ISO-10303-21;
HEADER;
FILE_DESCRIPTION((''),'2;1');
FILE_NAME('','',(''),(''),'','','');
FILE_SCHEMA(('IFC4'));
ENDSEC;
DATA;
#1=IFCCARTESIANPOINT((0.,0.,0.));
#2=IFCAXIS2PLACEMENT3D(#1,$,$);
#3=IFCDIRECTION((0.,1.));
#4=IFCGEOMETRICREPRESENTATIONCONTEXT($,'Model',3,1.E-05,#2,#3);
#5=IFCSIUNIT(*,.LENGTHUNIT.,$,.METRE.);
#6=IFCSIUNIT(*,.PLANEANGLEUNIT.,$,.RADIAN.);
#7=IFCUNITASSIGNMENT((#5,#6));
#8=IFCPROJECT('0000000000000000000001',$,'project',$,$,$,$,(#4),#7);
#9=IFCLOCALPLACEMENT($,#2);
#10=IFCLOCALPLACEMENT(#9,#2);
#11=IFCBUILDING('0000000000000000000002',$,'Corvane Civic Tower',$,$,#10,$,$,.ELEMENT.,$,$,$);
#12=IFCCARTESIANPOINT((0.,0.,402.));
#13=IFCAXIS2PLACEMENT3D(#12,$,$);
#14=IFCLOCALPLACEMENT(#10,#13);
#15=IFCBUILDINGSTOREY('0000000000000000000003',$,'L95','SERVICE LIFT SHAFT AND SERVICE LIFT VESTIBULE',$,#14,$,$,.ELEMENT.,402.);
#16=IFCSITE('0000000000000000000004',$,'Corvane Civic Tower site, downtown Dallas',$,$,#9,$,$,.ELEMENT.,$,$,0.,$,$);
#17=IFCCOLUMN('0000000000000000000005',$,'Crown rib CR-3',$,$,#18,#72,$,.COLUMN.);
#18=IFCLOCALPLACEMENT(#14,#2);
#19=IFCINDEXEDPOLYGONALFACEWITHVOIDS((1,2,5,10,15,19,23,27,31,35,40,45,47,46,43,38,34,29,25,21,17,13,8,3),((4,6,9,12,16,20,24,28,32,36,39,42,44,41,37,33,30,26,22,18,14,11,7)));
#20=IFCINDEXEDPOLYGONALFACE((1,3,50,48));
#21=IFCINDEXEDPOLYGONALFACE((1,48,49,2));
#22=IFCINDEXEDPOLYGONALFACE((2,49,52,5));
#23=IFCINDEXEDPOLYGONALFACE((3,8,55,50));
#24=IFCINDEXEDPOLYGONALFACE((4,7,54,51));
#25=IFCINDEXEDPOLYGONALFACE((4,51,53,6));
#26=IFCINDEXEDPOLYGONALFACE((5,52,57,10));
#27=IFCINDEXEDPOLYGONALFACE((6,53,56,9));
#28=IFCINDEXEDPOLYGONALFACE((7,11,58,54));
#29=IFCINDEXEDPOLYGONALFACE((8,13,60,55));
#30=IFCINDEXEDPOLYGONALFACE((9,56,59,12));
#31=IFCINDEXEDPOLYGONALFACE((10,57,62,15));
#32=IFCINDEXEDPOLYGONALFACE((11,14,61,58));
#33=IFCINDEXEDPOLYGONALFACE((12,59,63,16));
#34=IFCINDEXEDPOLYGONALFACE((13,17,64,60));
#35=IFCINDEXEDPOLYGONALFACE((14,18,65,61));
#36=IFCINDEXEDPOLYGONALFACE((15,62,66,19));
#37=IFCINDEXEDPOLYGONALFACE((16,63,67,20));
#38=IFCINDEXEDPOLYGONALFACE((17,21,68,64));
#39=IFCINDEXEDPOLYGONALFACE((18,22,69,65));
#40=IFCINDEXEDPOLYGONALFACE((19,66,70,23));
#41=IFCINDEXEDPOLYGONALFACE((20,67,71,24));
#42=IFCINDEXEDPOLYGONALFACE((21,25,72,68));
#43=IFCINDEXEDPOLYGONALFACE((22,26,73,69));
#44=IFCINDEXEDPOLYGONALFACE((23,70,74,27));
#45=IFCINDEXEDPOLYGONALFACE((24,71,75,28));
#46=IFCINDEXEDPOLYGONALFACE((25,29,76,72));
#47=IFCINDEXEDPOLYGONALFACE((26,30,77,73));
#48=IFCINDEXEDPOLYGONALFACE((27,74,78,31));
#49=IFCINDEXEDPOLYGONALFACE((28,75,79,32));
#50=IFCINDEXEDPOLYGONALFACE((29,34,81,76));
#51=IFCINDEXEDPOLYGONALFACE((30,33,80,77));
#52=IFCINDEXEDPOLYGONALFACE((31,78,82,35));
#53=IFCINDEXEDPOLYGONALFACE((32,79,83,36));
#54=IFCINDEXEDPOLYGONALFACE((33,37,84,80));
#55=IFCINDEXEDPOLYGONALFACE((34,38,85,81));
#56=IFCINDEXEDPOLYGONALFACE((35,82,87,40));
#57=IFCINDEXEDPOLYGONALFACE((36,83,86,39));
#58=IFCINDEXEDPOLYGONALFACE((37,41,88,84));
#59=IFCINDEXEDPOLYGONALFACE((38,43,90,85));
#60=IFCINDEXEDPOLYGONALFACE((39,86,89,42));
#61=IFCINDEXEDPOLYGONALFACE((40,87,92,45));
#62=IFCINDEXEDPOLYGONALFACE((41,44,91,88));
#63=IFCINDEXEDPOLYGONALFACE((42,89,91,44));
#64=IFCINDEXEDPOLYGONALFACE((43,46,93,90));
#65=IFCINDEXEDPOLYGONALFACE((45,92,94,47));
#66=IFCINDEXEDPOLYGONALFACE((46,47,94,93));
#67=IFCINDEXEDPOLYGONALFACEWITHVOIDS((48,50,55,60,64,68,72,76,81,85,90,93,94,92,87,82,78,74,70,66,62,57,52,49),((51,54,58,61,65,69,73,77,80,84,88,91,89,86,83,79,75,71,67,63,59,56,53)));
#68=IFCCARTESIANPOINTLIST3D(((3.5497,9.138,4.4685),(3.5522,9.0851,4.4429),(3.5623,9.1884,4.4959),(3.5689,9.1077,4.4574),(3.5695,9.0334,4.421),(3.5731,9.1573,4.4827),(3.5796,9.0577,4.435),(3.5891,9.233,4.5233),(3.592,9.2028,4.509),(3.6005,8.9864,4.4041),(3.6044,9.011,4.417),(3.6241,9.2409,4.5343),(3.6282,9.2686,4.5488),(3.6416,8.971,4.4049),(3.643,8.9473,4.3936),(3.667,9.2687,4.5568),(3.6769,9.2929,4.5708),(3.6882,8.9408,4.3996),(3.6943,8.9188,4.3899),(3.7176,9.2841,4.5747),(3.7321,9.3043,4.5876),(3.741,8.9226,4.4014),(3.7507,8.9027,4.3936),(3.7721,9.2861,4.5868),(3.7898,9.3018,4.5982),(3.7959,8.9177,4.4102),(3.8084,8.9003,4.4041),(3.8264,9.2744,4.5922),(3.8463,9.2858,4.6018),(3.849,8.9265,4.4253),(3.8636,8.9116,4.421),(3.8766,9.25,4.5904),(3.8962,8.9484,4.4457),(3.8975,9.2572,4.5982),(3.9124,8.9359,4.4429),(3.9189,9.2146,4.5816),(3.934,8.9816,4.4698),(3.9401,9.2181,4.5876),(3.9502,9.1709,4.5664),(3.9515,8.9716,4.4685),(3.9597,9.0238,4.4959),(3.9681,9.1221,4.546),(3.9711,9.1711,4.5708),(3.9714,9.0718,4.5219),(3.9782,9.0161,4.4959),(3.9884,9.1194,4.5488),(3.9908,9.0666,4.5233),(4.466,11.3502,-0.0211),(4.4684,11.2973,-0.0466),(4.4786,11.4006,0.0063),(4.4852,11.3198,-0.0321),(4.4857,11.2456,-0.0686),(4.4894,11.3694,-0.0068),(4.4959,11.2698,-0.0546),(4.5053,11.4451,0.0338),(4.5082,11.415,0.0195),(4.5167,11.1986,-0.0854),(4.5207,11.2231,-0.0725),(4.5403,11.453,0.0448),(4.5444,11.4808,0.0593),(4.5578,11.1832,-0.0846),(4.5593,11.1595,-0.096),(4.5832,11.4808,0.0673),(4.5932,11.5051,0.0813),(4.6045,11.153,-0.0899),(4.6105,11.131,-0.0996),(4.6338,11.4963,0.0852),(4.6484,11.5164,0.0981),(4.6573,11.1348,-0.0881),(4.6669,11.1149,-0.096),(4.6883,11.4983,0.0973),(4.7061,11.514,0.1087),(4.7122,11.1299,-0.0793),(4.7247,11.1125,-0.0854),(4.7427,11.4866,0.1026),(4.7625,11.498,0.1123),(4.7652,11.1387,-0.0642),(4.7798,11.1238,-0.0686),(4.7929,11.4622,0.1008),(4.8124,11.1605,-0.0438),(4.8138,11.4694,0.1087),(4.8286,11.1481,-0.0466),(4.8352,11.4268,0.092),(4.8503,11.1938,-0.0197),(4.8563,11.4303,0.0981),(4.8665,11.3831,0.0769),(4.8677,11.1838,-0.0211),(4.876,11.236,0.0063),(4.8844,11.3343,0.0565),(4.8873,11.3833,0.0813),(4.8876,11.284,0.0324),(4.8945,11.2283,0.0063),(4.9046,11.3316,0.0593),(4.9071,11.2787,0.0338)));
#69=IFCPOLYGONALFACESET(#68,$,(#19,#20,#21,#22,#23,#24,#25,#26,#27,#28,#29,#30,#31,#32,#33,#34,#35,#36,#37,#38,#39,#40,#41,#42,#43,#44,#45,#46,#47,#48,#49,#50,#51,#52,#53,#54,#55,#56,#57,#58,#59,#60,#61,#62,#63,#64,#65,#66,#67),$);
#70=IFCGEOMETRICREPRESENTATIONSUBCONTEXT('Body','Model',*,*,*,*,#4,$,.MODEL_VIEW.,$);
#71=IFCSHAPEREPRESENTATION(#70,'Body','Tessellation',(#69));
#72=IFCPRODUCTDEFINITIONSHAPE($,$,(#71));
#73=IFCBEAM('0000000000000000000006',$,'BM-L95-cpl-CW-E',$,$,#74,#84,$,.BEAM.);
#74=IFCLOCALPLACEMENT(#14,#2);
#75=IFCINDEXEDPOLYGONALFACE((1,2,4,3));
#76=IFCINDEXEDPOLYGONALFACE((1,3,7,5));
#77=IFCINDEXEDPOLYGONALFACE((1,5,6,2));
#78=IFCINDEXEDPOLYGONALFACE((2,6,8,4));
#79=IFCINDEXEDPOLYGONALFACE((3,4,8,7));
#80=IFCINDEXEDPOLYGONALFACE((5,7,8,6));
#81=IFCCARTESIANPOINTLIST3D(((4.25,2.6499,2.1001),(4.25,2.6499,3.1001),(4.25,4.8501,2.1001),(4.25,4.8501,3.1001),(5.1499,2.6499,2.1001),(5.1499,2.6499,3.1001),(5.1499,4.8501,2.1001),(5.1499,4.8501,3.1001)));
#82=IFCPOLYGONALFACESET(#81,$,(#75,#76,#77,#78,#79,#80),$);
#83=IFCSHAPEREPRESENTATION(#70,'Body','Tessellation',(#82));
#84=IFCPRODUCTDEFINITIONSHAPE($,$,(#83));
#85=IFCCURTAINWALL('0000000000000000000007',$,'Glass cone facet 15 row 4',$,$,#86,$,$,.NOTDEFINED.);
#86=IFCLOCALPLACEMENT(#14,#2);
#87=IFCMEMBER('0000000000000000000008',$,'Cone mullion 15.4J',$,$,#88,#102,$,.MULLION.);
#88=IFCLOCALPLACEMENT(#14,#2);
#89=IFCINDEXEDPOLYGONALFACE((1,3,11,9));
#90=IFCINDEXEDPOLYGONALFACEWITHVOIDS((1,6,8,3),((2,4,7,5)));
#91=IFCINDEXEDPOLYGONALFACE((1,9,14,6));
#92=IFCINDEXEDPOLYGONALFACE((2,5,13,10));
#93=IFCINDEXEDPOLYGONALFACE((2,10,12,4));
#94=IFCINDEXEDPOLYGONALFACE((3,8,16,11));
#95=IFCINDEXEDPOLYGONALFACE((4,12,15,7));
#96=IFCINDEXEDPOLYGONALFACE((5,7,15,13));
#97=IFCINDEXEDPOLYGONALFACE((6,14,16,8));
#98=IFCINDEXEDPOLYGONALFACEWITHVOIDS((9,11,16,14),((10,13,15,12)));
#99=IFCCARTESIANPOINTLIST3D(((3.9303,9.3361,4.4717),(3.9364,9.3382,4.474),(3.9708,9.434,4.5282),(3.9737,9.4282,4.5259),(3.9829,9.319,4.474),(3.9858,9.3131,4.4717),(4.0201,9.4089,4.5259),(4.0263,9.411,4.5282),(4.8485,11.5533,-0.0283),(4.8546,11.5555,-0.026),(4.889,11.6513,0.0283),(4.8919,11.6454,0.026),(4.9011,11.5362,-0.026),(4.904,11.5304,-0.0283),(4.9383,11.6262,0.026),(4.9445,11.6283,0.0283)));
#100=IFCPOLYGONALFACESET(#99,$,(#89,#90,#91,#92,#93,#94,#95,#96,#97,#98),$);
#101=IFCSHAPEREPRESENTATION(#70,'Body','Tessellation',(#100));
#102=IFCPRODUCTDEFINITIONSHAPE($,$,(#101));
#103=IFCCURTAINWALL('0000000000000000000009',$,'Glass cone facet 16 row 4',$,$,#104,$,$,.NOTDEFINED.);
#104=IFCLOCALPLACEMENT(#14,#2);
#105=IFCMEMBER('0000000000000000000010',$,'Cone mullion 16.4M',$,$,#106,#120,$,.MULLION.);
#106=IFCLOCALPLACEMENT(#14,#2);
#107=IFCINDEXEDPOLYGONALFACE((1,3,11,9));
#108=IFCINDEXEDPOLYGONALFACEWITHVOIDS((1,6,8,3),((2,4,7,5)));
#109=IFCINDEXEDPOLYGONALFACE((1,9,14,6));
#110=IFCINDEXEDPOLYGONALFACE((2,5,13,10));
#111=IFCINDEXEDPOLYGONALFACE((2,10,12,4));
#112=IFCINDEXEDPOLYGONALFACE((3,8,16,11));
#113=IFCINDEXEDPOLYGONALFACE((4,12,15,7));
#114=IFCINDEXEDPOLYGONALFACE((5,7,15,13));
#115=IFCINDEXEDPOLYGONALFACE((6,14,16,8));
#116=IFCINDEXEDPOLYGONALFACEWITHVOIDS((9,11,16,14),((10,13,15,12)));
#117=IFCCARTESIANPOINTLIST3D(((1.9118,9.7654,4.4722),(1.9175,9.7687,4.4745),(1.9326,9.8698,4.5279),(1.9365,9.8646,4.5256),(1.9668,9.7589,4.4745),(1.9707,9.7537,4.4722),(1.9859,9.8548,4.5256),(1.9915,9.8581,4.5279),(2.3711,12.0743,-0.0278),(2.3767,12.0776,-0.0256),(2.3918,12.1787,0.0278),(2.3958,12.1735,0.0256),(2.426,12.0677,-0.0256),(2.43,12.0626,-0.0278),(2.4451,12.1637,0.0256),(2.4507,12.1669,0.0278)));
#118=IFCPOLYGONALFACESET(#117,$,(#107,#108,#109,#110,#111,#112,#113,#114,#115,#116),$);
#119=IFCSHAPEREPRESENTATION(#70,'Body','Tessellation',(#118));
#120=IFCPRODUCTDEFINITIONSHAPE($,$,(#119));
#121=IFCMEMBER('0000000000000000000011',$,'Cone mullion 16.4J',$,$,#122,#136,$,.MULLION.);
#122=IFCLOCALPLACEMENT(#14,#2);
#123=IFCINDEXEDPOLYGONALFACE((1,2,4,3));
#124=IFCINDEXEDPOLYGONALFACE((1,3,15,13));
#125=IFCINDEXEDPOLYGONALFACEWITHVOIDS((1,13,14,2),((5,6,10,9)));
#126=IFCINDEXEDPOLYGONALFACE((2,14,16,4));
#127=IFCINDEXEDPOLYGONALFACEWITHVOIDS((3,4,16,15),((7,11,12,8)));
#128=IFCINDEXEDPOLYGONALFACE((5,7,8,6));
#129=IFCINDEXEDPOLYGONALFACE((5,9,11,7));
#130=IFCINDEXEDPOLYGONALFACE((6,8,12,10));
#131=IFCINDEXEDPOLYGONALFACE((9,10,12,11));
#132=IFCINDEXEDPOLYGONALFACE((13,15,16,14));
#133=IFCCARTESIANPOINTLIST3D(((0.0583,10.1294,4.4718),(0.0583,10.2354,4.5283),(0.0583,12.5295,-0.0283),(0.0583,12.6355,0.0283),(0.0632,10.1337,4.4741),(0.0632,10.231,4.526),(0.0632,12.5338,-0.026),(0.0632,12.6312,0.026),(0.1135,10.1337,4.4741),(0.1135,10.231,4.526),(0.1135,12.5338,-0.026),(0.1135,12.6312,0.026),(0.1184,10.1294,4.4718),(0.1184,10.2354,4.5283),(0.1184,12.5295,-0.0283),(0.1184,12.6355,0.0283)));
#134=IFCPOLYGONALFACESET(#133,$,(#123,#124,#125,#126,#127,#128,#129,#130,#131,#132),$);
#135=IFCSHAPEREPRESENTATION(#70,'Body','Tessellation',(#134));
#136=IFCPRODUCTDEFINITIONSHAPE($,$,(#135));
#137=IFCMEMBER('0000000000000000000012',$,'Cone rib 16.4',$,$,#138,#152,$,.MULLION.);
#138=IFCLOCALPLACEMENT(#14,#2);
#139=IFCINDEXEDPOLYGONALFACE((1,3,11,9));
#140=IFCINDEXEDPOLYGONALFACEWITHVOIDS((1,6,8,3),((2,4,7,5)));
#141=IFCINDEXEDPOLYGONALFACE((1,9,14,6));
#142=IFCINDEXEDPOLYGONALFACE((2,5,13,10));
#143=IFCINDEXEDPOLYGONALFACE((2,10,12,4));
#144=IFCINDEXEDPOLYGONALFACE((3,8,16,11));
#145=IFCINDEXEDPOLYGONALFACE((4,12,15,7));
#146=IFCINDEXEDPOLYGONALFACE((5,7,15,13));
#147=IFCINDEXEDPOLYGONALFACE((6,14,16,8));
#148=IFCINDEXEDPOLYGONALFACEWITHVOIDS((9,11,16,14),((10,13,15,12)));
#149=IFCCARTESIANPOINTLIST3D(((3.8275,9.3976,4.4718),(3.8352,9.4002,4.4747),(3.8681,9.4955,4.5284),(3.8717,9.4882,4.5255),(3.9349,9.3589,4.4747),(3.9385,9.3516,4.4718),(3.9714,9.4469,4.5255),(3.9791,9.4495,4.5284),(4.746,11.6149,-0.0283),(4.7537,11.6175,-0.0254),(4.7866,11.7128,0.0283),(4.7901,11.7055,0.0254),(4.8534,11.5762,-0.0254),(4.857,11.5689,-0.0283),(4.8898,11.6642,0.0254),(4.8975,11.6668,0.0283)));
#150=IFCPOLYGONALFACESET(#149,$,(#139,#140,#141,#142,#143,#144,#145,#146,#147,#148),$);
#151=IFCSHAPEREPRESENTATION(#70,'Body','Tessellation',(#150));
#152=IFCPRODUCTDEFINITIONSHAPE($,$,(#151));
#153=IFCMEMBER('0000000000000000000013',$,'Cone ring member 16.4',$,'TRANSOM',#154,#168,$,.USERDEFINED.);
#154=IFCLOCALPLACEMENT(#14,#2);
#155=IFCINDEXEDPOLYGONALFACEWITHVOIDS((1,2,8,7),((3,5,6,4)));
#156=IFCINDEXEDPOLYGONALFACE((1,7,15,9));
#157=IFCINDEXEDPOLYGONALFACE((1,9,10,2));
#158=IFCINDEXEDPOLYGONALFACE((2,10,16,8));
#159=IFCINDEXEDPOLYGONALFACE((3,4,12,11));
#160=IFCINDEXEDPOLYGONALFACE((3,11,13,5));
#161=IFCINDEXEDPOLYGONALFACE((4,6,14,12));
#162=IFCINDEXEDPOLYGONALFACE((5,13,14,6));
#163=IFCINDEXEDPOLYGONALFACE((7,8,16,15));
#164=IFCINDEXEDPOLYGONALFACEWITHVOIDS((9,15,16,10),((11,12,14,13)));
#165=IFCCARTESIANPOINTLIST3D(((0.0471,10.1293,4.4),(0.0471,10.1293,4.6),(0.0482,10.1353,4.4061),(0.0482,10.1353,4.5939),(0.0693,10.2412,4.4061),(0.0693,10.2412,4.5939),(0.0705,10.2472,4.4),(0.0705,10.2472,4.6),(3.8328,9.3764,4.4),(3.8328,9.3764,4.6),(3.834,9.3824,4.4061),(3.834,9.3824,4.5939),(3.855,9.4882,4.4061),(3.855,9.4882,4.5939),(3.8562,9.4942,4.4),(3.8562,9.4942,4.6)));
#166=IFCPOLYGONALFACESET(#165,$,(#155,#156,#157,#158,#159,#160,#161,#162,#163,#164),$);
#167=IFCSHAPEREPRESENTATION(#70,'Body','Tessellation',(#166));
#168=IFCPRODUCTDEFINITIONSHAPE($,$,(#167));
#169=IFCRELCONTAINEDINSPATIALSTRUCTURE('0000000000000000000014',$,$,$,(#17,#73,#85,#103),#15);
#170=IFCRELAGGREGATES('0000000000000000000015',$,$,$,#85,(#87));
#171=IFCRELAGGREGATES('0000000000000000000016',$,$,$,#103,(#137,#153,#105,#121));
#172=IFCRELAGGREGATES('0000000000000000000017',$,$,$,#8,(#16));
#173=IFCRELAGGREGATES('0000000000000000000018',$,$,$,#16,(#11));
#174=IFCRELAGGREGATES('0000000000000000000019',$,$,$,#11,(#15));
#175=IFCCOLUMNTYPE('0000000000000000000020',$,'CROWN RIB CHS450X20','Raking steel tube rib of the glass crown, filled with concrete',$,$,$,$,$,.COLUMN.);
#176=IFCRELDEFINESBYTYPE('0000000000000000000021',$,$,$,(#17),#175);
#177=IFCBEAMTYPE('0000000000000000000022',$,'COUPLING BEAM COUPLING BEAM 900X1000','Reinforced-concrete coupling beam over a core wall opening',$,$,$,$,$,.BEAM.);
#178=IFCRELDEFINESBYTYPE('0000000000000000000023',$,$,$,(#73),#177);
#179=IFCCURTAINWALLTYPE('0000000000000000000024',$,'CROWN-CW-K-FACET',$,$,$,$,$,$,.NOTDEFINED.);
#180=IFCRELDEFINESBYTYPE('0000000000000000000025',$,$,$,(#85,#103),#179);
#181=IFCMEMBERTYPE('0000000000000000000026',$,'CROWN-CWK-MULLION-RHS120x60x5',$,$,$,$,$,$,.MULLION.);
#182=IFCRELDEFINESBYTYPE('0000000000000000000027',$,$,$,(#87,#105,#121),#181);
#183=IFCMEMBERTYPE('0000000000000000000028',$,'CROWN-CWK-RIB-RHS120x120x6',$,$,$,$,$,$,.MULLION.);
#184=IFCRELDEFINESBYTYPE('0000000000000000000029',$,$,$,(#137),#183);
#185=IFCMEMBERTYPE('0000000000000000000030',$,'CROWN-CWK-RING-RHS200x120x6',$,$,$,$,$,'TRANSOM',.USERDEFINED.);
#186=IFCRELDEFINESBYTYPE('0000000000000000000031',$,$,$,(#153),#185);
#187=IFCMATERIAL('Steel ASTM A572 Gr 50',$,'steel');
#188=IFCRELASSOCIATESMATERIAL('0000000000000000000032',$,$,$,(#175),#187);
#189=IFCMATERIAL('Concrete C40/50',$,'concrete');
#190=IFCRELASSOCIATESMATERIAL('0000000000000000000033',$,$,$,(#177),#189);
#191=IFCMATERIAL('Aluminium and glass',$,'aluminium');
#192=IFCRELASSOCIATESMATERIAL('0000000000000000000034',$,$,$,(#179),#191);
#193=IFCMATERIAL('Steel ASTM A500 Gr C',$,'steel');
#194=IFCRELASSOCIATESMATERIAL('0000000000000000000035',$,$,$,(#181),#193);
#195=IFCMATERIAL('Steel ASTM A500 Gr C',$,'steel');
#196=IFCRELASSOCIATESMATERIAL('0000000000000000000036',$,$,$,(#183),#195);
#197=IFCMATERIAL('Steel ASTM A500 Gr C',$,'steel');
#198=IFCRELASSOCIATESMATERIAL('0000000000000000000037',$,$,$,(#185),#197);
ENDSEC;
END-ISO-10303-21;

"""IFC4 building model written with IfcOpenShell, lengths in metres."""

from ifc_helpers import new_model, si_unit, direction, frame, origin, origin_2d, place, context, subcontext, project, spatial, rectangle, hollow_rectangle, hollow_circle, extrude, material, material_profile, profile_set, type_object, element, aggregate, save


model = new_model("IFC4")

# Units and contexts
model_context = context("Model", 3, precision=1e-05, world=origin(), true_north=direction((0.0, 1.0)))
body_context = subcontext(model_context, "Body", "Model", "MODEL_VIEW")
ifc_project = project(units=[si_unit("LENGTHUNIT", "METRE"), si_unit("PLANEANGLEUNIT", "RADIAN")], contexts=[model_context])

# Site, building, storey
site_placement = place(None, origin())
site = spatial("IfcSite", under=ifc_project, at=site_placement, Name="Corvane Civic Tower site, downtown Dallas", CompositionType="ELEMENT", RefElevation=0.0)
building_placement = place(site_placement, origin())
building = spatial("IfcBuilding", under=site, at=building_placement, Name="Corvane Civic Tower", CompositionType="ELEMENT")
storey_placement = place(building_placement, frame((0.0, 0.0, 402.0)))
storey = spatial("IfcBuildingStorey", under=building, at=storey_placement, Name="L95", Description="SERVICE LIFT SHAFT AND SERVICE LIFT VESTIBULE", CompositionType="ELEMENT", Elevation=402.0)

# Column
ifc_material_1 = material(Name="Steel ASTM A572 Gr 50", Category="steel")
ifc_material_profile_1 = material_profile(ifc_material_1, hollow_circle(Radius=0.2251, WallThickness=0.02, at=origin_2d()), Name="CHS450X20")
ifc_profile_set_1 = profile_set([ifc_material_profile_1], Name="Steel ASTM A572 Gr 50")
column_type = type_object("IfcColumnType", Name="CROWN RIB CHS450X20", Description="Raking steel tube rib of the glass crown, filled with concrete", PredefinedType="COLUMN", material=ifc_profile_set_1)
column_placement = place(storey_placement, frame((4.6865, 11.3145, 0.0063), z_axis=(-0.180079, -0.434771, 0.882353), x_axis=(0.923886, -0.382667, 0.0)))
element("IfcColumn", 1, at=column_placement, inside=storey, type_object=column_type, Name="Crown rib CR-3", PredefinedType="COLUMN", context=body_context, shape_type="SweptSolid", body=[
    extrude(hollow_circle(Radius=0.2251, WallThickness=0.02, at=origin_2d()), origin(), (0.0, 0.0, 1.0), 5.0881),
])

# Beam
ifc_material_2 = material(Name="Concrete C40/50", Category="concrete")
ifc_material_profile_2 = material_profile(ifc_material_2, rectangle(XDim=0.8999, YDim=1.0, at=origin_2d()), Name="COUPLING BEAM 900X1000")
ifc_profile_set_2 = profile_set([ifc_material_profile_2], Name="Concrete C40/50")
beam_type_1 = type_object("IfcBeamType", Name="COUPLING BEAM COUPLING BEAM 900X1000", Description="Reinforced-concrete coupling beam over a core wall opening", PredefinedType="BEAM", material=ifc_profile_set_2)
beam_1_placement = place(storey_placement, frame((4.7, 2.6499, 2.6001), z_axis=(0.0, 1.0, 0.0), x_axis=(-1.0, 0.0, 0.0)))
element("IfcBeam", 2, at=beam_1_placement, inside=storey, type_object=beam_type_1, Name="BM-L95-cpl-CW-E", PredefinedType="BEAM", context=body_context, shape_type="SweptSolid", body=[
    extrude(rectangle(XDim=0.8999, YDim=1.0, at=origin_2d()), origin(), (0.0, 0.0, 1.0), 2.2002),
])

# Curtain wall, member
ifc_material_3 = material(Name="Aluminium and glass", Category="aluminium")
curtain_wall_type = type_object("IfcCurtainWallType", Name="CROWN-CW-K-FACET", PredefinedType="NOTDEFINED", material=ifc_material_3)
curtain_wall_1_placement = place(storey_placement, origin())
curtain_wall_1 = element("IfcCurtainWall", 3, at=curtain_wall_1_placement, inside=storey, type_object=curtain_wall_type, Name="Glass cone facet 15 row 4", PredefinedType="NOTDEFINED")
ifc_material_4 = material(Name="Steel ASTM A500 Gr C", Category="steel")
ifc_material_profile_3 = material_profile(ifc_material_4, hollow_rectangle(XDim=0.0601, YDim=0.1201, WallThickness=0.0049, at=origin_2d()), Name="RHS 120x60x5")
ifc_profile_set_3 = profile_set([ifc_material_profile_3], Name="Steel ASTM A500 Gr C")
member_type_1 = type_object("IfcMemberType", Name="CROWN-CWK-MULLION-RHS120x60x5", PredefinedType="MULLION", material=ifc_profile_set_3)
member_1_placement = place(storey_placement, frame((4.8965, 11.5908, 0.0), z_axis=(-0.180044, -0.434766, 0.882362), x_axis=(0.923911, -0.382606, 0.0)))
member_1 = element("IfcMember", 4, at=member_1_placement, type_object=member_type_1, Name="Cone mullion 15.4J", PredefinedType="MULLION", context=body_context, shape_type="SweptSolid", body=[
    extrude(hollow_rectangle(XDim=0.0601, YDim=0.1201, WallThickness=0.0049, at=origin_2d()), origin(), (0.0, 0.0, 1.0), 5.0999),
])
aggregate(curtain_wall_1, [member_1])

# Curtain wall, members
curtain_wall_2_placement = place(storey_placement, origin())
curtain_wall_2 = element("IfcCurtainWall", 5, at=curtain_wall_2_placement, inside=storey, type_object=curtain_wall_type, Name="Glass cone facet 16 row 4", PredefinedType="NOTDEFINED")
member_2_placement = place(storey_placement, frame((2.4109, 12.1206, 0.0), z_axis=(-0.090425, -0.454626, 0.88608), x_axis=(0.980788, -0.195079, 0.0)))
member_2 = element("IfcMember", 6, at=member_2_placement, type_object=member_type_1, Name="Cone mullion 16.4M", PredefinedType="MULLION", context=body_context, shape_type="SweptSolid", body=[
    extrude(hollow_rectangle(XDim=0.0601, YDim=0.1201, WallThickness=0.0049, at=origin_2d()), origin(), (0.0, 0.0, 1.0), 5.0786),
])
member_3_placement = place(storey_placement, frame((0.0884, 12.5825, 0.0), z_axis=(0.0, -0.470611, 0.882341), x_axis=(1.0, 0.0, 0.0)))
member_3 = element("IfcMember", 7, at=member_3_placement, type_object=member_type_1, Name="Cone mullion 16.4J", PredefinedType="MULLION", context=body_context, shape_type="SweptSolid", body=[
    extrude(hollow_rectangle(XDim=0.0601, YDim=0.1201, WallThickness=0.0049, at=origin_2d()), origin(), (0.0, 0.0, 1.0), 5.1001),
])
ifc_material_5 = material(Name="Steel ASTM A500 Gr C", Category="steel")
ifc_material_profile_4 = material_profile(ifc_material_5, hollow_rectangle(XDim=0.1201, YDim=0.1201, WallThickness=0.0061, at=origin_2d()), Name="RHS 120x120x6")
ifc_profile_set_4 = profile_set([ifc_material_profile_4], Name="Steel ASTM A500 Gr C")
member_type_2 = type_object("IfcMemberType", Name="CROWN-CWK-RIB-RHS120x120x6", PredefinedType="MULLION", material=ifc_profile_set_4)
member_4_placement = place(storey_placement, frame((4.8218, 11.6409, 0.0), z_axis=(-0.18009, -0.434762, 0.882354), x_axis=(0.923875, -0.382693, 0.0)))
member_4 = element("IfcMember", 8, at=member_4_placement, type_object=member_type_2, Name="Cone rib 16.4", PredefinedType="MULLION", context=body_context, shape_type="SweptSolid", body=[
    extrude(hollow_rectangle(XDim=0.1201, YDim=0.1201, WallThickness=0.0061, at=origin_2d()), origin(), (0.0, 0.0, 1.0), 5.1001),
])
ifc_material_6 = material(Name="Steel ASTM A500 Gr C", Category="steel")
ifc_material_profile_5 = material_profile(ifc_material_6, hollow_rectangle(XDim=0.1201, YDim=0.2, WallThickness=0.0061, at=origin_2d()), Name="RHS 200x120x6")
ifc_profile_set_5 = profile_set([ifc_material_profile_5], Name="Steel ASTM A500 Gr C")
member_type_3 = type_object("IfcMemberType", Name="CROWN-CWK-RING-RHS200x120x6", ElementType="TRANSOM", PredefinedType="USERDEFINED", material=ifc_profile_set_5)
member_5_placement = place(storey_placement, frame((3.8445, 9.4353, 4.5), z_axis=(-0.980789, 0.19507, 0.0), x_axis=(-0.19507, -0.980789, 0.0)))
member_5 = element("IfcMember", 9, at=member_5_placement, type_object=member_type_3, Name="Cone ring member 16.4", ObjectType="TRANSOM", PredefinedType="USERDEFINED", context=body_context, shape_type="SweptSolid", body=[
    extrude(hollow_rectangle(XDim=0.1201, YDim=0.2, WallThickness=0.0061, at=origin_2d()), origin(), (0.0, 0.0, 1.0), 3.8599),
])

aggregate(curtain_wall_2, [member_4, member_5, member_2, member_3])

save(model, "model.ifc")
